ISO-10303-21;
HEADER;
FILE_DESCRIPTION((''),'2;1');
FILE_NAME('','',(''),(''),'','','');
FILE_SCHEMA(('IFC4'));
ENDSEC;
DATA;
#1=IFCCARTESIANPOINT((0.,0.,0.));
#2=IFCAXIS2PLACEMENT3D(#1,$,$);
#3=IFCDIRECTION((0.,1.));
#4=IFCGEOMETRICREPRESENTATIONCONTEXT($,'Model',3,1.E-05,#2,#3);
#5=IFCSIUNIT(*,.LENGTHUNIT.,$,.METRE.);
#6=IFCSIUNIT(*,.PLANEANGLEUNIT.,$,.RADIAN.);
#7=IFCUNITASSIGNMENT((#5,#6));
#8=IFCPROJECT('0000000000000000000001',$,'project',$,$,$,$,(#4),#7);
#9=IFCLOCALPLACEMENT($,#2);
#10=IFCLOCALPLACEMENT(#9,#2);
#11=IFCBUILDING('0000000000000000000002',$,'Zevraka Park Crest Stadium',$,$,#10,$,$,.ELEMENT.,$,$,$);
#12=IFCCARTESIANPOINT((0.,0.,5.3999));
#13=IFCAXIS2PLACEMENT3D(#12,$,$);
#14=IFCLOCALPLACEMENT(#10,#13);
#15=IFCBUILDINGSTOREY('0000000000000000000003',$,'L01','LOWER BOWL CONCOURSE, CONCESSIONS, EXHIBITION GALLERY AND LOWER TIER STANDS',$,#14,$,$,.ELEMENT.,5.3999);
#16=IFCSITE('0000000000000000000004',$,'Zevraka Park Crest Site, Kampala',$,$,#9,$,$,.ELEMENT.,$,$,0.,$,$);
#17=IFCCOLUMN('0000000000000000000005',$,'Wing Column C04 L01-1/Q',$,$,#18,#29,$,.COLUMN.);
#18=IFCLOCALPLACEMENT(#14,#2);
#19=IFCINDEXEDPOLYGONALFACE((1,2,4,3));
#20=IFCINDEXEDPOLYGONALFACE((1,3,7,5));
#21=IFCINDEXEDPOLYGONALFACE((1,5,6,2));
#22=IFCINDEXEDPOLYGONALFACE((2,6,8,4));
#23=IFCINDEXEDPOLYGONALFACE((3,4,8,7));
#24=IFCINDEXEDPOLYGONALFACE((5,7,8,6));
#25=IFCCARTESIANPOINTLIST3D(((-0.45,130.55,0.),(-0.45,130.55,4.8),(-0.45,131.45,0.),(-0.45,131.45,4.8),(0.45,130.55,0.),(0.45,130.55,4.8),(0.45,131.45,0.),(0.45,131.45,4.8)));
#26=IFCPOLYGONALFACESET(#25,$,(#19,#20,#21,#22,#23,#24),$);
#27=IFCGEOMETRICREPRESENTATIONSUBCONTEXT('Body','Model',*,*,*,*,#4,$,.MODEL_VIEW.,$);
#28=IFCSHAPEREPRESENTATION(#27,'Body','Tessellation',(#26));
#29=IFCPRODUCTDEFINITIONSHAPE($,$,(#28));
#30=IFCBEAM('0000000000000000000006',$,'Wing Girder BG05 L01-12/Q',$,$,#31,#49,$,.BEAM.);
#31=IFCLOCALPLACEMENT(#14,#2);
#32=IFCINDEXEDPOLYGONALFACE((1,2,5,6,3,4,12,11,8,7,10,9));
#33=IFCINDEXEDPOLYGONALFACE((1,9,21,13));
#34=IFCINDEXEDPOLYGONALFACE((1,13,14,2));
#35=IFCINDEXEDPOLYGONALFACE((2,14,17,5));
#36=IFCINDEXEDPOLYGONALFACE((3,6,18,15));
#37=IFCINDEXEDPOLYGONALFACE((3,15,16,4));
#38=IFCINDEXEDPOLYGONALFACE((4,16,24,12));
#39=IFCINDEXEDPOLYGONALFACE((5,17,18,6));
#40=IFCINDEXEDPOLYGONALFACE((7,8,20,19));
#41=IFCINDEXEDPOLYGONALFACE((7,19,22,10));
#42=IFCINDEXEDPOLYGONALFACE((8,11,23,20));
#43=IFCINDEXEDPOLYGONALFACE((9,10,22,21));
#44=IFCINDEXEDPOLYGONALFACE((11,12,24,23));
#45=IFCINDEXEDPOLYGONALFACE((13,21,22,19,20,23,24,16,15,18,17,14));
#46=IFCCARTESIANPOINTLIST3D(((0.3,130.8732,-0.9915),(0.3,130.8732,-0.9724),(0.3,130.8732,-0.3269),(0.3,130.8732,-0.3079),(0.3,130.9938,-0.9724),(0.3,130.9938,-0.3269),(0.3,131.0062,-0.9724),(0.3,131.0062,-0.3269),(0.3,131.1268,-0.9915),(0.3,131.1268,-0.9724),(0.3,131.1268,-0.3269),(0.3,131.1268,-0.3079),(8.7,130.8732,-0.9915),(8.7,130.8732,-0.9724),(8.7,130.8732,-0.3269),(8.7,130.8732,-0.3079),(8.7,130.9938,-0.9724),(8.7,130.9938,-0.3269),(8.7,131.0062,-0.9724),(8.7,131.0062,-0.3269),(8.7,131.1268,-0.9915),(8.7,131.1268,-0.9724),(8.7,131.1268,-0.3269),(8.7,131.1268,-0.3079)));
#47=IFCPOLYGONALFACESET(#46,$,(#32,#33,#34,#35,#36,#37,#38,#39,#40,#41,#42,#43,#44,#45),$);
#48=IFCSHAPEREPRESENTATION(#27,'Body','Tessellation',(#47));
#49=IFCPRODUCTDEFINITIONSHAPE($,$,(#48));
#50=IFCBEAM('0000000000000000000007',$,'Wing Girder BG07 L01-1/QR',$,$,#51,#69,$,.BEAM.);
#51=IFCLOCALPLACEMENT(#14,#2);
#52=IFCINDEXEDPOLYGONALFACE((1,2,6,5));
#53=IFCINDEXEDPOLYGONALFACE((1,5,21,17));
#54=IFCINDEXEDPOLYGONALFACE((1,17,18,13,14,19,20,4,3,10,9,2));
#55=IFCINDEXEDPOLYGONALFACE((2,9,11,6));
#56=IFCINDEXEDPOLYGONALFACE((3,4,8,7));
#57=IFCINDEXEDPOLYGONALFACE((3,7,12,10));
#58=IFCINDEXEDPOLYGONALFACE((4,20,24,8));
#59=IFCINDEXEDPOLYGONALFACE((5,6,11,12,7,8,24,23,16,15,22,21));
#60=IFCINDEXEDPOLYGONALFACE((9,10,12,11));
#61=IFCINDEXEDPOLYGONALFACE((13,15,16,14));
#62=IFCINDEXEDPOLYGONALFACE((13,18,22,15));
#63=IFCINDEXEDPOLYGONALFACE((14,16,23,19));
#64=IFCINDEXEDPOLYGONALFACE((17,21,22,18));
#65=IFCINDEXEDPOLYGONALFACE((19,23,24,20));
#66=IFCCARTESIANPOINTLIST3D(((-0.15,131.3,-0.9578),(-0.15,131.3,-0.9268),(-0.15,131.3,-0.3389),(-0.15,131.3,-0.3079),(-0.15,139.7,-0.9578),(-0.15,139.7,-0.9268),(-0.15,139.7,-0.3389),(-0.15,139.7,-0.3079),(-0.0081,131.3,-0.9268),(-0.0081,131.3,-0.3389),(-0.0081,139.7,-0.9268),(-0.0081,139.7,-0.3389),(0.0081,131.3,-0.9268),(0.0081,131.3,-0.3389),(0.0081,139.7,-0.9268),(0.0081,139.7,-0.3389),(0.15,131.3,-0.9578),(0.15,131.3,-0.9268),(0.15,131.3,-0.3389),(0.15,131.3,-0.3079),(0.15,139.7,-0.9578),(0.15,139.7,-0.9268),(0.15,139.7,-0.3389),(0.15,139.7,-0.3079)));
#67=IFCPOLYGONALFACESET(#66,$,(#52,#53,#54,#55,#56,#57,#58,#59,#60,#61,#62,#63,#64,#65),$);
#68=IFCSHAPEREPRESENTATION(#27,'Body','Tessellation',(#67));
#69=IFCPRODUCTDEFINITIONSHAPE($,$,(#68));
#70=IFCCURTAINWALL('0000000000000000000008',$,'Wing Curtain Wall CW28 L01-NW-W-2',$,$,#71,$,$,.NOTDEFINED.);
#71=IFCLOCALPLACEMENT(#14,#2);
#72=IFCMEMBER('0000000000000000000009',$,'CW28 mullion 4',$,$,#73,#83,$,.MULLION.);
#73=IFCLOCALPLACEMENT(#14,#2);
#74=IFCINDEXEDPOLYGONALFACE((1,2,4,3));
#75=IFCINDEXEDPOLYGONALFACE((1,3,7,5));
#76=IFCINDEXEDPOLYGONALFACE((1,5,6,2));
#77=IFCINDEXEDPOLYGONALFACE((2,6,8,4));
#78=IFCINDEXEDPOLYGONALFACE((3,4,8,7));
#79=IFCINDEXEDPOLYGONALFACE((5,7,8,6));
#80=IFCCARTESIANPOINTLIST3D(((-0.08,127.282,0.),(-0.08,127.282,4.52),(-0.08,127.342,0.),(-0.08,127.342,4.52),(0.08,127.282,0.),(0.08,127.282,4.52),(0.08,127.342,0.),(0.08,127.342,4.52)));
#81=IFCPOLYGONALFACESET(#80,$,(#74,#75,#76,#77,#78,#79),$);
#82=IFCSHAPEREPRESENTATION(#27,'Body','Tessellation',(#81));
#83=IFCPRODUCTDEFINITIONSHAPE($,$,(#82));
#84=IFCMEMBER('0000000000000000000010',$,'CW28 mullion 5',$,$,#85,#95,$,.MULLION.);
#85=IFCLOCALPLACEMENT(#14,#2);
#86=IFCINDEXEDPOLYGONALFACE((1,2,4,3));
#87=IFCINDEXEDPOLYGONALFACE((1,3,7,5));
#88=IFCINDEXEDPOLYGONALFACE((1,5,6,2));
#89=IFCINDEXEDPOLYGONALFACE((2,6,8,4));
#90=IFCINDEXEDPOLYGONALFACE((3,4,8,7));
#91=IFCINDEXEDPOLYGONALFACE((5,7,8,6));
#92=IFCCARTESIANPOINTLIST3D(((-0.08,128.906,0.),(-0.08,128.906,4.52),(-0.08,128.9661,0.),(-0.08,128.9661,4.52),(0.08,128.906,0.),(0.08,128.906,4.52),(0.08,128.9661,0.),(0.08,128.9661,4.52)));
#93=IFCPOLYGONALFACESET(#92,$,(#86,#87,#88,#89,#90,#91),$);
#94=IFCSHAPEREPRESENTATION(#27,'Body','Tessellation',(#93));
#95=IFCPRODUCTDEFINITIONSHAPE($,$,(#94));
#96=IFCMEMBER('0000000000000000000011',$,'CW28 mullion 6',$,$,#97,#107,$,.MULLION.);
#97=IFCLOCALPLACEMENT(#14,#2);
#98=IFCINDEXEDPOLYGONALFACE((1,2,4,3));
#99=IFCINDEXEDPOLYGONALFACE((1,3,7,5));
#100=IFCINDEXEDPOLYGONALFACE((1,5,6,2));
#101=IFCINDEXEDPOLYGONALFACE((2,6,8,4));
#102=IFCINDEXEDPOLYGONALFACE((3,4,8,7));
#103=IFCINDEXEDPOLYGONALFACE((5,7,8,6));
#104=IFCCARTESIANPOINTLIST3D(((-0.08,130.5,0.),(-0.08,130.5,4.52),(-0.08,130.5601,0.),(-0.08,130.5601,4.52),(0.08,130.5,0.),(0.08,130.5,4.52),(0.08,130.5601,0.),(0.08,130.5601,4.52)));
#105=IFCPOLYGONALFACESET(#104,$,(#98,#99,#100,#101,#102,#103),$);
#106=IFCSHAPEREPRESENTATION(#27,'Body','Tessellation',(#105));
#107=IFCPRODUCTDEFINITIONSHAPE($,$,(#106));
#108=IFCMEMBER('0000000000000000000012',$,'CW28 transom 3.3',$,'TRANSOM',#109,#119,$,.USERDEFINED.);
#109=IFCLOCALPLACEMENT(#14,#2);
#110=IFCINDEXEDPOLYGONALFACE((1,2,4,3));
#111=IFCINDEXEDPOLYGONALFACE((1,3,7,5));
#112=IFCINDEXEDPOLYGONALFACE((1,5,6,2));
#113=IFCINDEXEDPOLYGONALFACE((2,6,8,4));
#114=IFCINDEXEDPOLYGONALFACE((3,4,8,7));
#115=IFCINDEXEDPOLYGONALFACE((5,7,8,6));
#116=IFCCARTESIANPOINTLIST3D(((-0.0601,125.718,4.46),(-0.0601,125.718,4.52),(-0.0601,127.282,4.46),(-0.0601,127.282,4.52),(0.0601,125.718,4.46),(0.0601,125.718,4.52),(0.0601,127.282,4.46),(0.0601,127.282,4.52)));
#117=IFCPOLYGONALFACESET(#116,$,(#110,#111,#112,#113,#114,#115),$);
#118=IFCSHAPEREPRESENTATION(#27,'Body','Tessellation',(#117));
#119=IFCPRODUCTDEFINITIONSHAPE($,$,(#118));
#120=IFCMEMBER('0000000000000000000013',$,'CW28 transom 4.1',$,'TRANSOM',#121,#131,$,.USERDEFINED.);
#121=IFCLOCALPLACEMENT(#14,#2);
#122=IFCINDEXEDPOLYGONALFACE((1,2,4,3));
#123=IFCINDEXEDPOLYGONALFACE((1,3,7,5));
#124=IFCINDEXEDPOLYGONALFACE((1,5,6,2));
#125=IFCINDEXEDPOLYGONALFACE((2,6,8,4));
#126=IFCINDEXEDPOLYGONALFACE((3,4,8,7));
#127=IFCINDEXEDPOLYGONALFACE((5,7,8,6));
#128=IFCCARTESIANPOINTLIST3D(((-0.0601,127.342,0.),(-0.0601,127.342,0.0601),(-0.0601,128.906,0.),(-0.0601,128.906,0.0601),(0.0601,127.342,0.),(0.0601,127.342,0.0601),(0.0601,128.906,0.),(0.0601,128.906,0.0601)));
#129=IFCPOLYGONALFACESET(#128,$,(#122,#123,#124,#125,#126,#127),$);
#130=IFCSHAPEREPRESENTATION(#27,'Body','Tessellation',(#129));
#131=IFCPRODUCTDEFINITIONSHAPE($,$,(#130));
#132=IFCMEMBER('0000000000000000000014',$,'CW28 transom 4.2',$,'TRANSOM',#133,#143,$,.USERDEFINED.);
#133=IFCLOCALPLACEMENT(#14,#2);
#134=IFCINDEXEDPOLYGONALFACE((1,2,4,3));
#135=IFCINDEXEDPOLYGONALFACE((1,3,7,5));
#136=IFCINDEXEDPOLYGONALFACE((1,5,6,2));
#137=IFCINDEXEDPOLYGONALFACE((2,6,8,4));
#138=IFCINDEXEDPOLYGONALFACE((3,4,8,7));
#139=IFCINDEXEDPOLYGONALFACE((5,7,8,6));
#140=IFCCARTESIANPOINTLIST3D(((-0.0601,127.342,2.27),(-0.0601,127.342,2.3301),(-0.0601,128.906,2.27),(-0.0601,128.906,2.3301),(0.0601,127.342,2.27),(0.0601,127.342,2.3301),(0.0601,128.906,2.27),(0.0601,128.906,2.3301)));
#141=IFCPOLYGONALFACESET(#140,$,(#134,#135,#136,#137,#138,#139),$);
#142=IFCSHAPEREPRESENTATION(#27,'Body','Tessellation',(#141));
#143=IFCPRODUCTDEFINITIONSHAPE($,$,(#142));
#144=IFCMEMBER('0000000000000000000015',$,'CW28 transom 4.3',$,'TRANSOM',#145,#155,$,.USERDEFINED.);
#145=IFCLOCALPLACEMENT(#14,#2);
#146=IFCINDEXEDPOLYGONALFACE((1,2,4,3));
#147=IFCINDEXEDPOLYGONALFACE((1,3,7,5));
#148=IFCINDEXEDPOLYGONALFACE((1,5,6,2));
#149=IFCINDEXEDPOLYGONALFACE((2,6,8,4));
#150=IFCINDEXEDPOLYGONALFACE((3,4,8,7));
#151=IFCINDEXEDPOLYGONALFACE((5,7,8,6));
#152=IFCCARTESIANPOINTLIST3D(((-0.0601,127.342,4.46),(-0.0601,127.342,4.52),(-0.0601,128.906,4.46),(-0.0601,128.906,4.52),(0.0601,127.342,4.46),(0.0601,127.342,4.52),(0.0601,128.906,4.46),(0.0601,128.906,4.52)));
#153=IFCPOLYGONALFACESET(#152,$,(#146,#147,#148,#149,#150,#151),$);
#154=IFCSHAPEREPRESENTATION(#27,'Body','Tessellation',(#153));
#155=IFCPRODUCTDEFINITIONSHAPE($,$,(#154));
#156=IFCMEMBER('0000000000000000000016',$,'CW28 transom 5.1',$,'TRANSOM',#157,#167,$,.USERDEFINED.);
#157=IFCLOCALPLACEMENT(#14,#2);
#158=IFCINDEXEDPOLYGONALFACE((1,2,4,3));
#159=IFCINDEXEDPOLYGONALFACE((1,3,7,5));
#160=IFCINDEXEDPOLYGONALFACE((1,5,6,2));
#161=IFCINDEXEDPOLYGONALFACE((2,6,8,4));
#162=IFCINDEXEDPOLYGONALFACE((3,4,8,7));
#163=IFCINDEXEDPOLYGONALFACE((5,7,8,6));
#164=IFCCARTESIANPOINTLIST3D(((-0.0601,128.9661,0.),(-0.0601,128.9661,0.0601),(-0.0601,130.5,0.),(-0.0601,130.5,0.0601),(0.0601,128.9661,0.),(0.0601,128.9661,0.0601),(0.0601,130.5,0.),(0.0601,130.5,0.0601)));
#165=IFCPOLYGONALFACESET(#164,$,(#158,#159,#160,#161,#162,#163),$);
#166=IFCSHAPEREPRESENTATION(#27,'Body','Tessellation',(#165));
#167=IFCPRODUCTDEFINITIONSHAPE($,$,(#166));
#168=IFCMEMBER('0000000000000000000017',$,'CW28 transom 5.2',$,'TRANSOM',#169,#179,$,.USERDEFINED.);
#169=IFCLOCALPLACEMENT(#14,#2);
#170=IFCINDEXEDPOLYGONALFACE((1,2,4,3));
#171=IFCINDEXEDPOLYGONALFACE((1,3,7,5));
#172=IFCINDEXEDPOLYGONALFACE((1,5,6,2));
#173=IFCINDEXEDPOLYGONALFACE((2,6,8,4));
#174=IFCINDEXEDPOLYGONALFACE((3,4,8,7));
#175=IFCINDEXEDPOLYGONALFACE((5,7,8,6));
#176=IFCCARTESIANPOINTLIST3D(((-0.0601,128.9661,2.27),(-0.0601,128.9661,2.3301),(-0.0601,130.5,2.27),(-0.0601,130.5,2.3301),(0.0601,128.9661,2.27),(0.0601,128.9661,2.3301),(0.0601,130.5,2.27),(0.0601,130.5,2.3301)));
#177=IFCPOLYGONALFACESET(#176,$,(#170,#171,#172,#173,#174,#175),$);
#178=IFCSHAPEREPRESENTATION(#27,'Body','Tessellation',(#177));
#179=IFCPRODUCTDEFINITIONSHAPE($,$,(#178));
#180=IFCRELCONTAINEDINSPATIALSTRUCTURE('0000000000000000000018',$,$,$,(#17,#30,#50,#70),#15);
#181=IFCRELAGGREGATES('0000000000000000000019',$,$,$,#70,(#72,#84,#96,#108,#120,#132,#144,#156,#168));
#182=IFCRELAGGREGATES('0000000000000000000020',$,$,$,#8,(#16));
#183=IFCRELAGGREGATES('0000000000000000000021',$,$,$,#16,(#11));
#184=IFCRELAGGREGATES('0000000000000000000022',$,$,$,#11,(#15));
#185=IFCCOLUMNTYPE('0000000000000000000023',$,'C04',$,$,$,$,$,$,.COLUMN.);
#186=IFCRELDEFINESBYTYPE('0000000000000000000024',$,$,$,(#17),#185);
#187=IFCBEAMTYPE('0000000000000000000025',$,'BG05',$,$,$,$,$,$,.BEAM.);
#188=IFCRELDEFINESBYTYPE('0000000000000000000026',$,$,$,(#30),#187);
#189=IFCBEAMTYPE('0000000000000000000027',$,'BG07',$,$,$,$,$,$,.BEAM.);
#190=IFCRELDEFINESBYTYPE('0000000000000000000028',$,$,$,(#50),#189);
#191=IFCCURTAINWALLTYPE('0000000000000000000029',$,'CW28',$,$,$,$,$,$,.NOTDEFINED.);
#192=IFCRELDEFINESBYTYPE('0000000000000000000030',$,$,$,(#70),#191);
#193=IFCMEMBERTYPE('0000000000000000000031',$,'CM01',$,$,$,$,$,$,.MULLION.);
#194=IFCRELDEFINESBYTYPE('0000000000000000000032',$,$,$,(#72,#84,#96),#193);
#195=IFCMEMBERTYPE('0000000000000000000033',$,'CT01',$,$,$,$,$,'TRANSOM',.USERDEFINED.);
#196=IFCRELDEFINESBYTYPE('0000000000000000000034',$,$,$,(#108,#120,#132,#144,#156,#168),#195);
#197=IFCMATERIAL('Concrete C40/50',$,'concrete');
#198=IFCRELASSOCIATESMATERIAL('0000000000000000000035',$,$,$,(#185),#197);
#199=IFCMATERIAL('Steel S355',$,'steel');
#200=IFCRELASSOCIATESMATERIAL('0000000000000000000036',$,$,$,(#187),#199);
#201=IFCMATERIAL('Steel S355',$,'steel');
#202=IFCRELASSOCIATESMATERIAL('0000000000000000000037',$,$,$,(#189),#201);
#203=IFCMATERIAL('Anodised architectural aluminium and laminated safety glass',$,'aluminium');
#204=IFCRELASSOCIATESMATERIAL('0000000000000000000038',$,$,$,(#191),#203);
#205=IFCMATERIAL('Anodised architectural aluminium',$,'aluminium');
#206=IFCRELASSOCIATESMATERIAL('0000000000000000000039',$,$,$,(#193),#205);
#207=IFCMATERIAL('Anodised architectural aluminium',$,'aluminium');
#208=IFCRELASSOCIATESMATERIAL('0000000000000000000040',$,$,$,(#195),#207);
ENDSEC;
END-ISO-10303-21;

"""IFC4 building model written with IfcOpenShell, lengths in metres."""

from ifc_helpers import new_model, si_unit, direction, frame, origin, origin_2d, place, context, subcontext, project, spatial, rectangle, i_section, extrude, material, material_profile, profile_set, type_object, element, aggregate, save


model = new_model("IFC4")

# Units and contexts
model_context = context("Model", 3, precision=1e-05, world=origin(), true_north=direction((0.0, 1.0)))
body_context = subcontext(model_context, "Body", "Model", "MODEL_VIEW")
ifc_project = project(units=[si_unit("LENGTHUNIT", "METRE"), si_unit("PLANEANGLEUNIT", "RADIAN")], contexts=[model_context])

# Site, building, storey
site_placement = place(None, origin())
site = spatial("IfcSite", under=ifc_project, at=site_placement, Name="Zevraka Park Crest Site, Kampala", CompositionType="ELEMENT", RefElevation=0.0)
building_placement = place(site_placement, origin())
building = spatial("IfcBuilding", under=site, at=building_placement, Name="Zevraka Park Crest Stadium", CompositionType="ELEMENT")
storey_placement = place(building_placement, frame((0.0, 0.0, 5.3999)))
storey = spatial("IfcBuildingStorey", under=building, at=storey_placement, Name="L01", Description="LOWER BOWL CONCOURSE, CONCESSIONS, EXHIBITION GALLERY AND LOWER TIER STANDS", CompositionType="ELEMENT", Elevation=5.3999)

# Column
ifc_material_1 = material(Name="Concrete C40/50", Category="concrete")
ifc_material_profile_1 = material_profile(ifc_material_1, rectangle(XDim=0.8999, YDim=0.8999, at=origin_2d()), Name="RC 900x900")
ifc_profile_set_1 = profile_set([ifc_material_profile_1], Name="Concrete C40/50")
column_type = type_object("IfcColumnType", Name="C04", PredefinedType="COLUMN", material=ifc_profile_set_1)
column_placement = place(storey_placement, frame((0.0, 131.0, 0.0), z_axis=(0.0, 0.0, 1.0), x_axis=(1.0, 0.0, 0.0)))
element("IfcColumn", 1, at=column_placement, inside=storey, type_object=column_type, Name="Wing Column C04 L01-1/Q", PredefinedType="COLUMN", context=body_context, shape_type="SweptSolid", body=[
    extrude(rectangle(XDim=0.8999, YDim=0.8999, at=origin_2d()), origin(), (0.0, 0.0, 1.0), 4.8),
])

# Beams
ifc_material_2 = material(Name="Steel S355", Category="steel")
ifc_material_profile_2 = material_profile(ifc_material_2, i_section(OverallWidth=0.2537, OverallDepth=0.6836, WebThickness=0.0125, FlangeThickness=0.019, at=origin_2d()), Name="UKB 686x254x140")
ifc_profile_set_2 = profile_set([ifc_material_profile_2], Name="Steel S355")
beam_type_1 = type_object("IfcBeamType", Name="BG05", PredefinedType="BEAM", material=ifc_profile_set_2)
beam_1_placement = place(storey_placement, frame((0.3, 131.0, -0.6497), z_axis=(1.0, 0.0, 0.0), x_axis=(0.0, 1.0, 0.0)))
element("IfcBeam", 2, at=beam_1_placement, inside=storey, type_object=beam_type_1, Name="Wing Girder BG05 L01-12/Q", PredefinedType="BEAM", context=body_context, shape_type="SweptSolid", body=[
    extrude(i_section(OverallWidth=0.2537, OverallDepth=0.6836, WebThickness=0.0125, FlangeThickness=0.019, at=origin_2d()), origin(), (0.0, 0.0, 1.0), 8.3999),
])
ifc_material_3 = material(Name="Steel S355", Category="steel")
ifc_material_profile_3 = material_profile(ifc_material_3, i_section(OverallWidth=0.3, OverallDepth=0.6499, WebThickness=0.0161, FlangeThickness=0.031, at=origin_2d()), Name="HEB 650")
ifc_profile_set_3 = profile_set([ifc_material_profile_3], Name="Steel S355")
beam_type_2 = type_object("IfcBeamType", Name="BG07", PredefinedType="BEAM", material=ifc_profile_set_3)
beam_2_placement = place(storey_placement, frame((0.0, 131.3, -0.6328), z_axis=(0.0, 1.0, 0.0), x_axis=(-1.0, 0.0, 0.0)))
element("IfcBeam", 3, at=beam_2_placement, inside=storey, type_object=beam_type_2, Name="Wing Girder BG07 L01-1/QR", PredefinedType="BEAM", context=body_context, shape_type="SweptSolid", body=[
    extrude(i_section(OverallWidth=0.3, OverallDepth=0.6499, WebThickness=0.0161, FlangeThickness=0.031, at=origin_2d()), origin(), (0.0, 0.0, 1.0), 8.3999),
])

# Curtain wall, members
ifc_material_4 = material(Name="Anodised architectural aluminium and laminated safety glass", Category="aluminium")
curtain_wall_type = type_object("IfcCurtainWallType", Name="CW28", PredefinedType="NOTDEFINED", material=ifc_material_4)
curtain_wall_placement = place(storey_placement, origin())
curtain_wall = element("IfcCurtainWall", 4, at=curtain_wall_placement, inside=storey, type_object=curtain_wall_type, Name="Wing Curtain Wall CW28 L01-NW-W-2", PredefinedType="NOTDEFINED")
ifc_material_5 = material(Name="Anodised architectural aluminium", Category="aluminium")
ifc_material_profile_4 = material_profile(ifc_material_5, rectangle(XDim=0.1599, YDim=0.0601, at=origin_2d()), Name="ALU MULLION 160x60")
ifc_profile_set_4 = profile_set([ifc_material_profile_4], Name="Anodised architectural aluminium")
member_type_1 = type_object("IfcMemberType", Name="CM01", PredefinedType="MULLION", material=ifc_profile_set_4)
member_1_placement = place(storey_placement, frame((0.0, 127.312, 0.0), z_axis=(0.0, 0.0, 1.0), x_axis=(-1.0, 0.0, 0.0)))
member_1 = element("IfcMember", 5, at=member_1_placement, type_object=member_type_1, Name="CW28 mullion 4", PredefinedType="MULLION", context=body_context, shape_type="SweptSolid", body=[
    extrude(rectangle(XDim=0.1599, YDim=0.0601, at=origin_2d()), origin(), (0.0, 0.0, 1.0), 4.52),
])
member_2_placement = place(storey_placement, frame((0.0, 128.936, 0.0), z_axis=(0.0, 0.0, 1.0), x_axis=(-1.0, 0.0, 0.0)))
member_2 = element("IfcMember", 6, at=member_2_placement, type_object=member_type_1, Name="CW28 mullion 5", PredefinedType="MULLION", context=body_context, shape_type="SweptSolid", body=[
    extrude(rectangle(XDim=0.1599, YDim=0.0601, at=origin_2d()), origin(), (0.0, 0.0, 1.0), 4.52),
])
member_3_placement = place(storey_placement, frame((0.0, 130.53, 0.0), z_axis=(0.0, 0.0, 1.0), x_axis=(-1.0, 0.0, 0.0)))
member_3 = element("IfcMember", 7, at=member_3_placement, type_object=member_type_1, Name="CW28 mullion 6", PredefinedType="MULLION", context=body_context, shape_type="SweptSolid", body=[
    extrude(rectangle(XDim=0.1599, YDim=0.0601, at=origin_2d()), origin(), (0.0, 0.0, 1.0), 4.52),
])
ifc_material_6 = material(Name="Anodised architectural aluminium", Category="aluminium")
ifc_material_profile_5 = material_profile(ifc_material_6, rectangle(XDim=0.1201, YDim=0.0601, at=origin_2d()), Name="ALU TRANSOM 120x60")
ifc_profile_set_5 = profile_set([ifc_material_profile_5], Name="Anodised architectural aluminium")
member_type_2 = type_object("IfcMemberType", Name="CT01", ElementType="TRANSOM", PredefinedType="USERDEFINED", material=ifc_profile_set_5)
member_4_placement = place(storey_placement, frame((0.0, 125.718, 4.49), z_axis=(0.0, 1.0, 0.0), x_axis=(-1.0, 0.0, 0.0)))
member_4 = element("IfcMember", 8, at=member_4_placement, type_object=member_type_2, Name="CW28 transom 3.3", ObjectType="TRANSOM", PredefinedType="USERDEFINED", context=body_context, shape_type="SweptSolid", body=[
    extrude(rectangle(XDim=0.1201, YDim=0.0601, at=origin_2d()), origin(), (0.0, 0.0, 1.0), 1.564),
])
member_5_placement = place(storey_placement, frame((0.0, 127.342, 0.03), z_axis=(0.0, 1.0, 0.0), x_axis=(-1.0, 0.0, 0.0)))
member_5 = element("IfcMember", 9, at=member_5_placement, type_object=member_type_2, Name="CW28 transom 4.1", ObjectType="TRANSOM", PredefinedType="USERDEFINED", context=body_context, shape_type="SweptSolid", body=[
    extrude(rectangle(XDim=0.1201, YDim=0.0601, at=origin_2d()), origin(), (0.0, 0.0, 1.0), 1.564),
])
member_6_placement = place(storey_placement, frame((0.0, 127.342, 2.3), z_axis=(0.0, 1.0, 0.0), x_axis=(-1.0, 0.0, 0.0)))
member_6 = element("IfcMember", 10, at=member_6_placement, type_object=member_type_2, Name="CW28 transom 4.2", ObjectType="TRANSOM", PredefinedType="USERDEFINED", context=body_context, shape_type="SweptSolid", body=[
    extrude(rectangle(XDim=0.1201, YDim=0.0601, at=origin_2d()), origin(), (0.0, 0.0, 1.0), 1.564),
])
member_7_placement = place(storey_placement, frame((0.0, 127.342, 4.49), z_axis=(0.0, 1.0, 0.0), x_axis=(-1.0, 0.0, 0.0)))
member_7 = element("IfcMember", 11, at=member_7_placement, type_object=member_type_2, Name="CW28 transom 4.3", ObjectType="TRANSOM", PredefinedType="USERDEFINED", context=body_context, shape_type="SweptSolid", body=[
    extrude(rectangle(XDim=0.1201, YDim=0.0601, at=origin_2d()), origin(), (0.0, 0.0, 1.0), 1.564),
])
member_8_placement = place(storey_placement, frame((0.0, 128.9661, 0.03), z_axis=(0.0, 1.0, 0.0), x_axis=(-1.0, 0.0, 0.0)))
member_8 = element("IfcMember", 12, at=member_8_placement, type_object=member_type_2, Name="CW28 transom 5.1", ObjectType="TRANSOM", PredefinedType="USERDEFINED", context=body_context, shape_type="SweptSolid", body=[
    extrude(rectangle(XDim=0.1201, YDim=0.0601, at=origin_2d()), origin(), (0.0, 0.0, 1.0), 1.5339),
])
member_9_placement = place(storey_placement, frame((0.0, 128.9661, 2.3), z_axis=(0.0, 1.0, 0.0), x_axis=(-1.0, 0.0, 0.0)))
member_9 = element("IfcMember", 13, at=member_9_placement, type_object=member_type_2, Name="CW28 transom 5.2", ObjectType="TRANSOM", PredefinedType="USERDEFINED", context=body_context, shape_type="SweptSolid", body=[
    extrude(rectangle(XDim=0.1201, YDim=0.0601, at=origin_2d()), origin(), (0.0, 0.0, 1.0), 1.5339),
])

aggregate(curtain_wall, [member_1, member_2, member_3, member_4, member_5, member_6, member_7, member_8, member_9])

save(model, "model.ifc")
